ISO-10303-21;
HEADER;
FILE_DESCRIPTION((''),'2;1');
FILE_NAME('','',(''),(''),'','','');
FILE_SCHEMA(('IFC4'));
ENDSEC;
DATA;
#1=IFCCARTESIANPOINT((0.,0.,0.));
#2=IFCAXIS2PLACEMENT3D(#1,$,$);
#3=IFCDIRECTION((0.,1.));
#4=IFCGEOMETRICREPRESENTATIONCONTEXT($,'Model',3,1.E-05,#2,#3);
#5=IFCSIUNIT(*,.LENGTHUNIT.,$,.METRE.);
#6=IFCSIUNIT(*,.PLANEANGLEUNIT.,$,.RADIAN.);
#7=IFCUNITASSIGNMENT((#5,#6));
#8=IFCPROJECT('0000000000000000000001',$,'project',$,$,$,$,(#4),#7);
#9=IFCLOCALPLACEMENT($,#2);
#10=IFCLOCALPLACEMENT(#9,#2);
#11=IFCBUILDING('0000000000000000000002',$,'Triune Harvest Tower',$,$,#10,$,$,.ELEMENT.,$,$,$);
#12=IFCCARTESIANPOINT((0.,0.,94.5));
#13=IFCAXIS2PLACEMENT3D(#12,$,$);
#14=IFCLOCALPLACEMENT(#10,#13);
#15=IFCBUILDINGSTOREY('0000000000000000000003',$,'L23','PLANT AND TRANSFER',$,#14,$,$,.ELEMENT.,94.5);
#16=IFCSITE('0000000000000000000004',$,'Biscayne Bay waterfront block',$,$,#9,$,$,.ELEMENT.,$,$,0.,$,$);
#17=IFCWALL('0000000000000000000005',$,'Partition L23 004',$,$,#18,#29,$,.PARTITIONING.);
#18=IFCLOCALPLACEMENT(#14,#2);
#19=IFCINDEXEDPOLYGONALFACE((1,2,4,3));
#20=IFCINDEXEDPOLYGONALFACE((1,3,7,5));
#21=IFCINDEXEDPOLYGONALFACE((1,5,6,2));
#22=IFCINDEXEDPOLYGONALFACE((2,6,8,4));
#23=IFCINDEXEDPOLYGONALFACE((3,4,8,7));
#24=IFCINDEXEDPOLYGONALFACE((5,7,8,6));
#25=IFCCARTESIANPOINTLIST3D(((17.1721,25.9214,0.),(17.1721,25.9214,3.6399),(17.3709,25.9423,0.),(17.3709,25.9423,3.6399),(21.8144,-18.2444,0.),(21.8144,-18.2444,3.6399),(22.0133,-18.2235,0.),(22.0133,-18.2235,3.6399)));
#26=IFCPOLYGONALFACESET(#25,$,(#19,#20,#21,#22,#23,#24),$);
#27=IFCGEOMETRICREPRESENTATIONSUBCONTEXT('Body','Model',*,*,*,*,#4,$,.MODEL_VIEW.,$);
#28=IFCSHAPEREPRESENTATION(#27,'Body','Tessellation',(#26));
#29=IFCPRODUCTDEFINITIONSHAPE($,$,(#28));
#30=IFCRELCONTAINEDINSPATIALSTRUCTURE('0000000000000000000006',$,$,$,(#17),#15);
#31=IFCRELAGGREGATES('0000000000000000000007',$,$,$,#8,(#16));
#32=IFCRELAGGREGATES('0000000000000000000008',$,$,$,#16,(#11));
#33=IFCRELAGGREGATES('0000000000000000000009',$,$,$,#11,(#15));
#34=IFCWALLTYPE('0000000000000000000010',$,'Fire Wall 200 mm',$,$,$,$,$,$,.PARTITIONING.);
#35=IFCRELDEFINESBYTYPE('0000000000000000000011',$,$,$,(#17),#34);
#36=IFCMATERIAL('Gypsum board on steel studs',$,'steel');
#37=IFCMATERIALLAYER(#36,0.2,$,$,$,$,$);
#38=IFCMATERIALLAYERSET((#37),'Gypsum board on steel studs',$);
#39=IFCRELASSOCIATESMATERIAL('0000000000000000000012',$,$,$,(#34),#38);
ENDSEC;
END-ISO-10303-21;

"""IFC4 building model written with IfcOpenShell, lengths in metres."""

from ifc_helpers import new_model, si_unit, direction, frame, frame_2d, origin, place, context, subcontext, project, spatial, rectangle, extrude, material, layer, layer_set, type_object, element, save


model = new_model("IFC4")

# Units and contexts
model_context = context("Model", 3, precision=1e-05, world=origin(), true_north=direction((0.0, 1.0)))
body_context = subcontext(model_context, "Body", "Model", "MODEL_VIEW")
ifc_project = project(units=[si_unit("LENGTHUNIT", "METRE"), si_unit("PLANEANGLEUNIT", "RADIAN")], contexts=[model_context])

# Site, building, storey
site_placement = place(None, origin())
site = spatial("IfcSite", under=ifc_project, at=site_placement, Name="Biscayne Bay waterfront block", CompositionType="ELEMENT", RefElevation=0.0)
building_placement = place(site_placement, origin())
building = spatial("IfcBuilding", under=site, at=building_placement, Name="Triune Harvest Tower", CompositionType="ELEMENT")
storey_placement = place(building_placement, frame((0.0, 0.0, 94.5)))
storey = spatial("IfcBuildingStorey", under=building, at=storey_placement, Name="L23", Description="PLANT AND TRANSFER", CompositionType="ELEMENT", Elevation=94.5)

# Wall
ifc_material_1 = material(Name="Gypsum board on steel studs", Category="steel")
ifc_layer_1 = layer(ifc_material_1, 0.2)
ifc_layer_set_1 = layer_set([ifc_layer_1], Name="Gypsum board on steel studs")
wall_type = type_object("IfcWallType", Name="Fire Wall 200 mm", PredefinedType="PARTITIONING", material=ifc_layer_set_1)
wall_placement = place(storey_placement, frame((17.2715, 25.9319, 0.0), z_axis=(0.0, 0.0, 1.0), x_axis=(0.104536, -0.994521, 0.0)))
element("IfcWall", 1, at=wall_placement, inside=storey, type_object=wall_type, Name="Partition L23 004", PredefinedType="PARTITIONING", context=body_context, shape_type="SweptSolid", body=[
    extrude(rectangle(XDim=44.4092, YDim=0.2, at=frame_2d((22.2046, 0.0))), origin(), (0.0, 0.0, 1.0), 3.6399),
])

save(model, "model.ifc")
